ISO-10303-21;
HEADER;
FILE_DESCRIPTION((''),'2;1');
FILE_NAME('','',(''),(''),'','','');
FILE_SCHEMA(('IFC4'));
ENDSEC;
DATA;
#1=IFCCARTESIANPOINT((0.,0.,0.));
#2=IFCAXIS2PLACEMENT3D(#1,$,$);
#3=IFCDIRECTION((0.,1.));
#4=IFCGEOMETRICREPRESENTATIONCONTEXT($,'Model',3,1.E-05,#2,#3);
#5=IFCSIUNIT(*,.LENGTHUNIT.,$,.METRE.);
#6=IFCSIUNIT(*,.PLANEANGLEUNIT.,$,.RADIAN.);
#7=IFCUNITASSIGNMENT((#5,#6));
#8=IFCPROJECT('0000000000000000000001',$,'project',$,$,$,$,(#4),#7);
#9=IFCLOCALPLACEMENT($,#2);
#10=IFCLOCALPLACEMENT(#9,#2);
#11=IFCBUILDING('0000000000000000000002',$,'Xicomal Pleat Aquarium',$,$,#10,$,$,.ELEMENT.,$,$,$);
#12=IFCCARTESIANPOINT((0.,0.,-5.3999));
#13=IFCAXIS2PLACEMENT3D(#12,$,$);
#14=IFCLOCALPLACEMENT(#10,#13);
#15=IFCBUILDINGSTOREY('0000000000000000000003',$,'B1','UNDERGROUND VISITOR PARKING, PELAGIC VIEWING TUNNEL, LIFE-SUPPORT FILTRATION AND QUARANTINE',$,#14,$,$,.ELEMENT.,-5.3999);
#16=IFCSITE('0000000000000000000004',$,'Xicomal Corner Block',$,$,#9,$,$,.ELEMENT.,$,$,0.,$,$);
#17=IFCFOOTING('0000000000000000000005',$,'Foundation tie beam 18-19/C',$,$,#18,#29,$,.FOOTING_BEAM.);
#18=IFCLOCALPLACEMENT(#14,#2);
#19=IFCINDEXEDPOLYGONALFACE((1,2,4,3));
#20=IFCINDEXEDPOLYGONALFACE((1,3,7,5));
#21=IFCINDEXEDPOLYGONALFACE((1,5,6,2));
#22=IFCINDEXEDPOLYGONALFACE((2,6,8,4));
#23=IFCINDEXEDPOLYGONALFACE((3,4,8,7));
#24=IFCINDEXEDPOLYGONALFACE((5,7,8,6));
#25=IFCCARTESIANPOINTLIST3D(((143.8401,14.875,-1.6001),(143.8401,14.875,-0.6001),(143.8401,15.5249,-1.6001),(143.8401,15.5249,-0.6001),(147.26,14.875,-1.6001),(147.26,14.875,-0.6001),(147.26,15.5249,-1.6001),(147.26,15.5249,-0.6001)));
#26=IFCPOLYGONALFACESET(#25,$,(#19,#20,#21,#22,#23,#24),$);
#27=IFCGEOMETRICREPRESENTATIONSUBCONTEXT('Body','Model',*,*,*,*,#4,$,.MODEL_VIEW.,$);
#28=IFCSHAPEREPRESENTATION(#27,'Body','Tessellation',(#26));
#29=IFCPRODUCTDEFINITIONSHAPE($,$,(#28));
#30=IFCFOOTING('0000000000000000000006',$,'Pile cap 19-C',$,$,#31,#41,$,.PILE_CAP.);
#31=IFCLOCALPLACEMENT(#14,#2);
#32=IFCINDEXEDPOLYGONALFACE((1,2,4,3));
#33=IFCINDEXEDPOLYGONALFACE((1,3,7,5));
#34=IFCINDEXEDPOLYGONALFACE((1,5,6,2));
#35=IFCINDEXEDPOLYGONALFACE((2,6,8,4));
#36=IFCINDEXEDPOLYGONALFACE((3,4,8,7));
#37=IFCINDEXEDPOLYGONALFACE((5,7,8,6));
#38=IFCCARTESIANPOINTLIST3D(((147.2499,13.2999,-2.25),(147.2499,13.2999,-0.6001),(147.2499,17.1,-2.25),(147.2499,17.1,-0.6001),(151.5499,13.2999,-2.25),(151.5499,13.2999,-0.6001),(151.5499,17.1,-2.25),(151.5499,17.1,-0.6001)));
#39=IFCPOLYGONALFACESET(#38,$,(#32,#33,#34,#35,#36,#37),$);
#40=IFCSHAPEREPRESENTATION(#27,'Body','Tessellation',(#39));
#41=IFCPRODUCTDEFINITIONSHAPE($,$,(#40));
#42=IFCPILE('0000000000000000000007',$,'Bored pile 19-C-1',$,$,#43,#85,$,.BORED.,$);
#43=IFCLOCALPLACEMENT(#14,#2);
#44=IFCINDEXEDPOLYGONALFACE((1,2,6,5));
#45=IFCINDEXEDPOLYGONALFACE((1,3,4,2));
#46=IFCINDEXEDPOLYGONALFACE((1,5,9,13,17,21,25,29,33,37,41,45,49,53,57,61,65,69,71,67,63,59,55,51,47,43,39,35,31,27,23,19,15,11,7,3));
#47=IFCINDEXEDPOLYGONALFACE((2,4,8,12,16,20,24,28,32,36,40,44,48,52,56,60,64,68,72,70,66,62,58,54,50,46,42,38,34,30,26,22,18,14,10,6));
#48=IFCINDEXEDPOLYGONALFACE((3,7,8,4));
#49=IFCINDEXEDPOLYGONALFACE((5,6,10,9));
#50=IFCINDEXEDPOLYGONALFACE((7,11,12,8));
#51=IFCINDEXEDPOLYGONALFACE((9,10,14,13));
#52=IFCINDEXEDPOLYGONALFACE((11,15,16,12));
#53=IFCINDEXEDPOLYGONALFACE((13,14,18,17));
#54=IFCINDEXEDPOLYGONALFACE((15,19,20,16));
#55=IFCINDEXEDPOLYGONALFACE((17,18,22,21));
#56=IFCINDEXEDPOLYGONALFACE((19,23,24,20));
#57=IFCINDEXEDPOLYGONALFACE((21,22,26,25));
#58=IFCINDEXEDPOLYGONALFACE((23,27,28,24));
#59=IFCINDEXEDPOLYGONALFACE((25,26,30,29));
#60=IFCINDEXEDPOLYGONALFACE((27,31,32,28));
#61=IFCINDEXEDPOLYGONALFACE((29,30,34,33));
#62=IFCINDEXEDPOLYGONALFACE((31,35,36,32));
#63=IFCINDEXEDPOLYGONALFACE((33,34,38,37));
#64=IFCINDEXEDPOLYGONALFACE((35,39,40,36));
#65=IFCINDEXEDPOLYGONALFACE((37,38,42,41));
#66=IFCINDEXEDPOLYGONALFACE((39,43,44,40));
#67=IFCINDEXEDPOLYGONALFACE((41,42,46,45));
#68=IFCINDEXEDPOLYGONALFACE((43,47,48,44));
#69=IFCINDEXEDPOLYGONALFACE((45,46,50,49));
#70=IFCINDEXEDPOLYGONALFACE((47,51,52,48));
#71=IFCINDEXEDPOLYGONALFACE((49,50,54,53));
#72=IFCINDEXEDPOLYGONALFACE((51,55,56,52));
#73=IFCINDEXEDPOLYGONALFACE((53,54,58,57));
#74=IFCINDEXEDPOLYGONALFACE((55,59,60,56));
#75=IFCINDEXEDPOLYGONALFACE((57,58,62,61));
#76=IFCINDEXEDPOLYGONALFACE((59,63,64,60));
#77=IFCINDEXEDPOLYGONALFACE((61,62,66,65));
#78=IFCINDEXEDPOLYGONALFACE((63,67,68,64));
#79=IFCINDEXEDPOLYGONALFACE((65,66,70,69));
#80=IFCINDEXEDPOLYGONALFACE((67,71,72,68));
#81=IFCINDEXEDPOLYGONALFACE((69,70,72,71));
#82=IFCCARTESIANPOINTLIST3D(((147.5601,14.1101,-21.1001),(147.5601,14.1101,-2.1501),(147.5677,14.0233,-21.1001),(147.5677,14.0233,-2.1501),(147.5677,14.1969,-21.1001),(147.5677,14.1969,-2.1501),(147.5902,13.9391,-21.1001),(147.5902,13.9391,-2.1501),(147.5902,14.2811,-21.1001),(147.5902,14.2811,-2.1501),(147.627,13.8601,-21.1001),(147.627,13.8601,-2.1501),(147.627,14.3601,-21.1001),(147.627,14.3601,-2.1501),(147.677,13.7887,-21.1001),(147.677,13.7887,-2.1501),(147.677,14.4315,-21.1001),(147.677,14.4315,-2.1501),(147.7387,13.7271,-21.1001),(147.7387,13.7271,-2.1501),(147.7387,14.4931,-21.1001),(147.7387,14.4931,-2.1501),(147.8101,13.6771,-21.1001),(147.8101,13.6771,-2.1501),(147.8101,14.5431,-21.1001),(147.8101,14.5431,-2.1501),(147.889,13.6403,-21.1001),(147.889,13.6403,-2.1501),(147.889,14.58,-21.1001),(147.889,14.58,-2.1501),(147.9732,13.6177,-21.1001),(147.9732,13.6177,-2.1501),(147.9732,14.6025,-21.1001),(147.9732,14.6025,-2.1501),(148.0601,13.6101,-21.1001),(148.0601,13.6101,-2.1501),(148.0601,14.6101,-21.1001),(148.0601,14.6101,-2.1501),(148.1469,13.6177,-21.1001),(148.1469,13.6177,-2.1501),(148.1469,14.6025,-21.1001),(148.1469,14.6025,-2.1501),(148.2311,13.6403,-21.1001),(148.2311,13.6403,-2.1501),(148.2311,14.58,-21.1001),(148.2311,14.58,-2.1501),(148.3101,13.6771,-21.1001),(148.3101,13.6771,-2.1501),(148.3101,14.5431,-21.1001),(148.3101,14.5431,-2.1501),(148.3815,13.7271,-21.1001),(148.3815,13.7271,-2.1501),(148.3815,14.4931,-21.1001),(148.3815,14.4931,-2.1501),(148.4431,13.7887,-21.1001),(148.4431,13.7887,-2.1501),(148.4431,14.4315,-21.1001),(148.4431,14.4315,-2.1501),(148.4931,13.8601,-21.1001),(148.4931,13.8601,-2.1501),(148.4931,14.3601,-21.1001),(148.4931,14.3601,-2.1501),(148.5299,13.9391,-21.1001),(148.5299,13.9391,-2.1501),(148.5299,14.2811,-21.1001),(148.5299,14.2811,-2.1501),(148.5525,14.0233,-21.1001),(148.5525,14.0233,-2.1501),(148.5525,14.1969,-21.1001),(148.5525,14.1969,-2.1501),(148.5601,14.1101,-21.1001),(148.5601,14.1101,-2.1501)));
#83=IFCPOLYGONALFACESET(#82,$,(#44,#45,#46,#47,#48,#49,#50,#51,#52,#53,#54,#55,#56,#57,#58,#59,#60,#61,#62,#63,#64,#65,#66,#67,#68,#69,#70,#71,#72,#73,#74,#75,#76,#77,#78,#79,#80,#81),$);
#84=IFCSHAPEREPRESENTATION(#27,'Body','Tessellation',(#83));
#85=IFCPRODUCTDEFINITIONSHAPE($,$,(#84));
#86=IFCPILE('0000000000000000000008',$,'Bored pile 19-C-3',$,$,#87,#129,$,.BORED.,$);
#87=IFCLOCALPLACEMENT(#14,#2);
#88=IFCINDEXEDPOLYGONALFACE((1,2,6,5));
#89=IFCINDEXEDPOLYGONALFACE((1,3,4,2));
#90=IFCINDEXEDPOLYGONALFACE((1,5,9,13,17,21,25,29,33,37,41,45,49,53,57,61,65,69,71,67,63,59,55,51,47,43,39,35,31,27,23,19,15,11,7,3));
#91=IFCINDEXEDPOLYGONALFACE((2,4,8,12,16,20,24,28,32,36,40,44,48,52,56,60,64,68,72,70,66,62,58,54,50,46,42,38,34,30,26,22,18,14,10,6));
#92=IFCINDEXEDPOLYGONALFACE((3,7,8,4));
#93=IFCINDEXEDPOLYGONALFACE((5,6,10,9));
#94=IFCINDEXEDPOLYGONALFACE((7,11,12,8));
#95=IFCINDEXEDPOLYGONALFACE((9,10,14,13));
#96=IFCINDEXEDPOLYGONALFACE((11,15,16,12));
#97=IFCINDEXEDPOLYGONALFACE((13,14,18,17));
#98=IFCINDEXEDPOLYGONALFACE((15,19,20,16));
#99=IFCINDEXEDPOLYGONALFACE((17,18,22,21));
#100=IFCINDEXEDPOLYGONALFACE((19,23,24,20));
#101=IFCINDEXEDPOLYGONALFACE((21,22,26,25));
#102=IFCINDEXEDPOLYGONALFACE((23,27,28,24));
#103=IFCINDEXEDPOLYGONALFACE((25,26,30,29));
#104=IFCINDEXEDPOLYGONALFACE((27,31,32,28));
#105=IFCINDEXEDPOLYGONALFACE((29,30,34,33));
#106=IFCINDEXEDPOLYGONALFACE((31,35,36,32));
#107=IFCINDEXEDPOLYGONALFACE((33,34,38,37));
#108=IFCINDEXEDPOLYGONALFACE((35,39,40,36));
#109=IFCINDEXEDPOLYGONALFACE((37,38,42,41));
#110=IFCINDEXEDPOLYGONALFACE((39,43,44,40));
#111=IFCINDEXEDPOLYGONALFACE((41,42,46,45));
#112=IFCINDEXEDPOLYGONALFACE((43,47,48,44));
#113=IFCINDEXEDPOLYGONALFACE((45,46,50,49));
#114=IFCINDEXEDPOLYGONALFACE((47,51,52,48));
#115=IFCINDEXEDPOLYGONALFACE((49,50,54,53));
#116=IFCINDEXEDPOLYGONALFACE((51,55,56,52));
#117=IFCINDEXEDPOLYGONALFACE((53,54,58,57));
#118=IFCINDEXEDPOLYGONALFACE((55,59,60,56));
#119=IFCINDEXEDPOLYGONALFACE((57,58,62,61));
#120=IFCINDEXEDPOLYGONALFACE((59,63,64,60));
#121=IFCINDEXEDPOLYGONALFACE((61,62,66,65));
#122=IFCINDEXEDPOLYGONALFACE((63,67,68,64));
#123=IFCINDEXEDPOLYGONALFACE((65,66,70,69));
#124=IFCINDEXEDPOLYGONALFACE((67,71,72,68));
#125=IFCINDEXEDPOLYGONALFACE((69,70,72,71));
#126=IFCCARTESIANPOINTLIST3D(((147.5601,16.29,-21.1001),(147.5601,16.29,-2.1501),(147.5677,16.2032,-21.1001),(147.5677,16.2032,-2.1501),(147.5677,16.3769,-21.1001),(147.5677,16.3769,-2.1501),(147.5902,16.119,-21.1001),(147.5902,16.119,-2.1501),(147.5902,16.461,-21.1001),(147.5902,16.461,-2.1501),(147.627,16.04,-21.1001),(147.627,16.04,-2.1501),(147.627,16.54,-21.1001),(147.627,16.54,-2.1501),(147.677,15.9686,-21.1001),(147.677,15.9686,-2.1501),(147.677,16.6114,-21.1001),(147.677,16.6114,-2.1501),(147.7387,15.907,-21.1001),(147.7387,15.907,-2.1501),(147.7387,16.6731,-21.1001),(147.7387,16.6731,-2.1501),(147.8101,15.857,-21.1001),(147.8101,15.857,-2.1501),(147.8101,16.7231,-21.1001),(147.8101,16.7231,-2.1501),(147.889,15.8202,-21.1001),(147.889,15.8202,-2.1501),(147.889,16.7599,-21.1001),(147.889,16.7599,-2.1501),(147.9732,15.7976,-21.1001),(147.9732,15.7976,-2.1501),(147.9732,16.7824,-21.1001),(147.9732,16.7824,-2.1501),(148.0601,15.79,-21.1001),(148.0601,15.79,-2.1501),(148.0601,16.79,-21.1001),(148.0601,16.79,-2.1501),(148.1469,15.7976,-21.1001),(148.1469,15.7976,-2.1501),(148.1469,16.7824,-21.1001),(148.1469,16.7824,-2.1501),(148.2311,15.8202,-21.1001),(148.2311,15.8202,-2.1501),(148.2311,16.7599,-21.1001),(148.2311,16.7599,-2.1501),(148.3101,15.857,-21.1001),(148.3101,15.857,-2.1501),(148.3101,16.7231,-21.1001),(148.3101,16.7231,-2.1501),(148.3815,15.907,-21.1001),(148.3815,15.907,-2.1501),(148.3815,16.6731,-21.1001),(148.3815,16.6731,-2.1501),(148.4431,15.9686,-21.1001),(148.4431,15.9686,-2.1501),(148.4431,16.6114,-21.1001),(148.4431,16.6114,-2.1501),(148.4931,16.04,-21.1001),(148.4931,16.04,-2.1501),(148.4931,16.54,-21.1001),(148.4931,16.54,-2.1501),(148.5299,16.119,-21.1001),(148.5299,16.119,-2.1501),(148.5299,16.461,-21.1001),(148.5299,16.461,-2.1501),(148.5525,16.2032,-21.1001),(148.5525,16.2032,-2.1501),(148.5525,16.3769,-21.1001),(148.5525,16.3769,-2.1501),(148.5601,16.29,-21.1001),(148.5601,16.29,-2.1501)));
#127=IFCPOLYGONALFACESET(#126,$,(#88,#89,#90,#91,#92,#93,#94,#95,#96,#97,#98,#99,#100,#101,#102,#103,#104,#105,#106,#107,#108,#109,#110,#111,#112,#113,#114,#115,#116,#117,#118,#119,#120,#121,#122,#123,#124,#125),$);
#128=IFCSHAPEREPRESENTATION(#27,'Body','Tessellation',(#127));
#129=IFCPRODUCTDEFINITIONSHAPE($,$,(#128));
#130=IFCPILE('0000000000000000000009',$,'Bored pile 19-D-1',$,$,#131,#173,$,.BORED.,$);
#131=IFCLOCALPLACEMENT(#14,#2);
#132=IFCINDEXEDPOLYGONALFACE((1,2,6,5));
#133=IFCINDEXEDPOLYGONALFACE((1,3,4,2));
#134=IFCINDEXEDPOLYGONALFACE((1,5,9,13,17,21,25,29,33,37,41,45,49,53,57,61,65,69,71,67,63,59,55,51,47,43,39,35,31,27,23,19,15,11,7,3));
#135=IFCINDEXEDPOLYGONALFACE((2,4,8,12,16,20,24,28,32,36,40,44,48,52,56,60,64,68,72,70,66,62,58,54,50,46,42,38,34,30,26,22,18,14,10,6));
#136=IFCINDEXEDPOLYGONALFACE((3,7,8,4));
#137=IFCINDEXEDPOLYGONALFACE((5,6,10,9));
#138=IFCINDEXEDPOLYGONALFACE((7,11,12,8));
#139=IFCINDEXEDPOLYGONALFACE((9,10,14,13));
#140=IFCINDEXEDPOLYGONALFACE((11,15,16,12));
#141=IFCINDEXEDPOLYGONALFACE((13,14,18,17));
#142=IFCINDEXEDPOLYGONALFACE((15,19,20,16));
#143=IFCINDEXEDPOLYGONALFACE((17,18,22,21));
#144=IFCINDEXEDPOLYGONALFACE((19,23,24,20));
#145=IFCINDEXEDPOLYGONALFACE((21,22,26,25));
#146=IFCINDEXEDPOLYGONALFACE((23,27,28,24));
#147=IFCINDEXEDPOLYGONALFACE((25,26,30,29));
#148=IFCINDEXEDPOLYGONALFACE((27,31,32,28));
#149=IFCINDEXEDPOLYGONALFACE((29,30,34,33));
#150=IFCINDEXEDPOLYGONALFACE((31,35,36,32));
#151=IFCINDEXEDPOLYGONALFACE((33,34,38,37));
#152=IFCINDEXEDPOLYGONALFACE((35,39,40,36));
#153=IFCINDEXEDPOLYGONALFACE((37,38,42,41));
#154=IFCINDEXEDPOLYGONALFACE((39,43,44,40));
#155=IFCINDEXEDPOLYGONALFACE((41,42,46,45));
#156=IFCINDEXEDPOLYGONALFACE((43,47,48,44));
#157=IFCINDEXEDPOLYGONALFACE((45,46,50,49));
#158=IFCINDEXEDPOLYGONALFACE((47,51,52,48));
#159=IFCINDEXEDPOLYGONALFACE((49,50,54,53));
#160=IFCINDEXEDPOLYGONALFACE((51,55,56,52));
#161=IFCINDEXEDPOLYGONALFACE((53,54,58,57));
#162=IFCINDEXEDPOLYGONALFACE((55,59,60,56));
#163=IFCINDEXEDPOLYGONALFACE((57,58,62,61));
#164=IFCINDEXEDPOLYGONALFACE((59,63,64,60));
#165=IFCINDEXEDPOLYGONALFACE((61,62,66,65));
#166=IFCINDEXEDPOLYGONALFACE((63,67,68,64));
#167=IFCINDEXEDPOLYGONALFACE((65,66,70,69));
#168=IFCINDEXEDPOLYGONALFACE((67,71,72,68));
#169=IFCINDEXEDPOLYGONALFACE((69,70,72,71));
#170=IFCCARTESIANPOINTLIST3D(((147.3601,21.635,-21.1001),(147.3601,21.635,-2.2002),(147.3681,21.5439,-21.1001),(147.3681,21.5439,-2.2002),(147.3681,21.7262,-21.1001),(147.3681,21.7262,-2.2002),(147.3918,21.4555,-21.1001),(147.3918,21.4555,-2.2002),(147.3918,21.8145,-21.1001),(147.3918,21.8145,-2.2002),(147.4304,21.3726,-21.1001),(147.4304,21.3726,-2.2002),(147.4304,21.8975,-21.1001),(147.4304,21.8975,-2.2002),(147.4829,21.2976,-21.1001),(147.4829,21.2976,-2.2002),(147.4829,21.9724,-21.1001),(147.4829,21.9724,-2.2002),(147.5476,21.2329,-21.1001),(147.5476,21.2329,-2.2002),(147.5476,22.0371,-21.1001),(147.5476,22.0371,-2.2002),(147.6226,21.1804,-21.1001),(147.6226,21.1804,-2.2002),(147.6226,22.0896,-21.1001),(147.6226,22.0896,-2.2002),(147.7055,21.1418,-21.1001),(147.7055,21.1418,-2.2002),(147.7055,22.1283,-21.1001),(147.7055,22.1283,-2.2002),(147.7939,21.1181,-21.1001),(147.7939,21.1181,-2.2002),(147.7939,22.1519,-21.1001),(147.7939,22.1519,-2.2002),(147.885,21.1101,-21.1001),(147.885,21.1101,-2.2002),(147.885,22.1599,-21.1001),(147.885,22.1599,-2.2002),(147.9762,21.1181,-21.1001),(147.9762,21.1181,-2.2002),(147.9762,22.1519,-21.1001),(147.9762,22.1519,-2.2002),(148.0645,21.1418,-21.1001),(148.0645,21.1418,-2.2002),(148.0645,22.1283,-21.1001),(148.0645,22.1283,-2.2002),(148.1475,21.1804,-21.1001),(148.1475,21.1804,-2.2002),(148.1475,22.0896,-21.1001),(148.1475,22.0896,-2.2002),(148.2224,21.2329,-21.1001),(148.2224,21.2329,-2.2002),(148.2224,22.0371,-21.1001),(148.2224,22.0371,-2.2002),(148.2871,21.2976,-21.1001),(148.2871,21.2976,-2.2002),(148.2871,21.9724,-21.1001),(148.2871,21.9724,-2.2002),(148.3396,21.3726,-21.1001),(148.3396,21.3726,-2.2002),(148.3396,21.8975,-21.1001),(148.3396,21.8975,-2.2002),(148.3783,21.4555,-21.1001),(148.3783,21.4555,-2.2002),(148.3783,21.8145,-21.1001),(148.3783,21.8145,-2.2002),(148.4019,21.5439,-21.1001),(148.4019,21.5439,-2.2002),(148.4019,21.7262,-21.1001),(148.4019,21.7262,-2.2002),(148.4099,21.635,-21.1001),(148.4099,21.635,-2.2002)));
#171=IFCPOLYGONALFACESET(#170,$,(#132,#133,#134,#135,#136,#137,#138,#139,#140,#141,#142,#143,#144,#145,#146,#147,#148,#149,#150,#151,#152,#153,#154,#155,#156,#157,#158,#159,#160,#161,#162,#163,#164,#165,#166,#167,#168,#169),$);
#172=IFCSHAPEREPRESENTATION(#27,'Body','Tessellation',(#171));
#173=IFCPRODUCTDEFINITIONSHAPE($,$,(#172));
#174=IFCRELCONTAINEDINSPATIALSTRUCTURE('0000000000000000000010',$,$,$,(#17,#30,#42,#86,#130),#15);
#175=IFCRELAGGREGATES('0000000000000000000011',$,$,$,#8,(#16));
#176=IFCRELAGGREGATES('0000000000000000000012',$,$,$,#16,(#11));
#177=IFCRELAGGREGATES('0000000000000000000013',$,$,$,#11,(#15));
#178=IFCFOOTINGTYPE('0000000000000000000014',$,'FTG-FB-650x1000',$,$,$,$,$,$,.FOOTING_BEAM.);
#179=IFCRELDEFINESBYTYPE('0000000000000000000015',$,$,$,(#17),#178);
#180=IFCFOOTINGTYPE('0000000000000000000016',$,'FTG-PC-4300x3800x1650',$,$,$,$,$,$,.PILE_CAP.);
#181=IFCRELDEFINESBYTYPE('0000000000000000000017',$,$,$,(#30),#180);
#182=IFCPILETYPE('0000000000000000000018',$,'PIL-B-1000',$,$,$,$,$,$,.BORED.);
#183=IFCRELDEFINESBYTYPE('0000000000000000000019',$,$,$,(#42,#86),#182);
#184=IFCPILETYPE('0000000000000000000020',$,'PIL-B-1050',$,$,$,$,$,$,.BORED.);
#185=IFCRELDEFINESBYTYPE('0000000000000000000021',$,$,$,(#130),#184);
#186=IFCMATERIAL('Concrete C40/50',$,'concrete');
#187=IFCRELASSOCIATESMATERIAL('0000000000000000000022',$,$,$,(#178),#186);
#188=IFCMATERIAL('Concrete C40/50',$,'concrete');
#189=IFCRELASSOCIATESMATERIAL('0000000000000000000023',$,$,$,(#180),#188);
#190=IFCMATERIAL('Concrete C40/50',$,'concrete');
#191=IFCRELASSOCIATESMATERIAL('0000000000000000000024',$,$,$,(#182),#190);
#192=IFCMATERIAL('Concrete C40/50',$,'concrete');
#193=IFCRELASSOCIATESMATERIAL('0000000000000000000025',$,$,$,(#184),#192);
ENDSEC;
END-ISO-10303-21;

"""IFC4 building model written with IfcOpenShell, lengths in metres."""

from ifc_helpers import new_model, si_unit, direction, frame, origin, origin_2d, place, context, subcontext, project, spatial, rectangle, circle, extrude, material, material_profile, profile_set, type_object, element, save


model = new_model("IFC4")

# Units and contexts
model_context = context("Model", 3, precision=1e-05, world=origin(), true_north=direction((0.0, 1.0)))
body_context = subcontext(model_context, "Body", "Model", "MODEL_VIEW")
ifc_project = project(units=[si_unit("LENGTHUNIT", "METRE"), si_unit("PLANEANGLEUNIT", "RADIAN")], contexts=[model_context])

# Site, building, storey
site_placement = place(None, origin())
site = spatial("IfcSite", under=ifc_project, at=site_placement, Name="Xicomal Corner Block", CompositionType="ELEMENT", RefElevation=0.0)
building_placement = place(site_placement, origin())
building = spatial("IfcBuilding", under=site, at=building_placement, Name="Xicomal Pleat Aquarium", CompositionType="ELEMENT")
storey_placement = place(building_placement, frame((0.0, 0.0, -5.3999)))
storey = spatial("IfcBuildingStorey", under=building, at=storey_placement, Name="B1", Description="UNDERGROUND VISITOR PARKING, PELAGIC VIEWING TUNNEL, LIFE-SUPPORT FILTRATION AND QUARANTINE", CompositionType="ELEMENT", Elevation=-5.3999)

# Footings
ifc_material_1 = material(Name="Concrete C40/50", Category="concrete")
ifc_material_profile_1 = material_profile(ifc_material_1, rectangle(XDim=0.6499, YDim=1.0, at=origin_2d()), Name="FB-03 650x1000")
ifc_profile_set_1 = profile_set([ifc_material_profile_1], Name="Concrete C40/50")
footing_type_1 = type_object("IfcFootingType", Name="FTG-FB-650x1000", PredefinedType="FOOTING_BEAM", material=ifc_profile_set_1)
footing_1_placement = place(storey_placement, frame((143.8401, 15.2, -1.1001), z_axis=(1.0, 0.0, 0.0), x_axis=(0.0, 1.0, 0.0)))
element("IfcFooting", 1, at=footing_1_placement, inside=storey, type_object=footing_type_1, Name="Foundation tie beam 18-19/C", PredefinedType="FOOTING_BEAM", context=body_context, shape_type="SweptSolid", body=[
    extrude(rectangle(XDim=0.6499, YDim=1.0, at=origin_2d()), origin(), (0.0, 0.0, 1.0), 3.4199),
])
ifc_material_2 = material(Name="Concrete C40/50", Category="concrete")
footing_type_2 = type_object("IfcFootingType", Name="FTG-PC-4300x3800x1650", PredefinedType="PILE_CAP", material=ifc_material_2)
footing_2_placement = place(storey_placement, frame((149.3999, 15.2, -2.25), z_axis=(0.0, 0.0, 1.0), x_axis=(1.0, 0.0, 0.0)))
element("IfcFooting", 2, at=footing_2_placement, inside=storey, type_object=footing_type_2, Name="Pile cap 19-C", PredefinedType="PILE_CAP", context=body_context, shape_type="SweptSolid", body=[
    extrude(rectangle(XDim=4.3, YDim=3.8, at=origin_2d()), origin(), (0.0, 0.0, 1.0), 1.6499),
])

# Piles
ifc_material_3 = material(Name="Concrete C40/50", Category="concrete")
ifc_material_profile_2 = material_profile(ifc_material_3, circle(Radius=0.5, at=origin_2d()), Name="BORED PILE D1000")
ifc_profile_set_2 = profile_set([ifc_material_profile_2], Name="Concrete C40/50")
pile_type_1 = type_object("IfcPileType", Name="PIL-B-1000", PredefinedType="BORED", material=ifc_profile_set_2)
for number, where, z_axis, x_axis, name in (
    (3, (148.0601, 14.1101, -2.1501), (0.0, 0.0, -1.0), (1.0, 0.0, 0.0), "Bored pile 19-C-1"),
    (4, (148.0601, 16.29, -2.1501), (0.0, 0.0, -1.0), (1.0, 0.0, 0.0), "Bored pile 19-C-3"),
):
    element("IfcPile", number, at=place(storey_placement, frame(where, z_axis=z_axis, x_axis=x_axis)), inside=storey, type_object=pile_type_1, Name=name, PredefinedType="BORED", context=body_context, shape_type="SweptSolid", body=[
        extrude(circle(Radius=0.5, at=origin_2d()), origin(), (0.0, 0.0, 1.0), 18.95),
    ])
ifc_material_4 = material(Name="Concrete C40/50", Category="concrete")
ifc_material_profile_3 = material_profile(ifc_material_4, circle(Radius=0.5249, at=origin_2d()), Name="BORED PILE D1050")
ifc_profile_set_3 = profile_set([ifc_material_profile_3], Name="Concrete C40/50")
pile_type_2 = type_object("IfcPileType", Name="PIL-B-1050", PredefinedType="BORED", material=ifc_profile_set_3)
pile_1_placement = place(storey_placement, frame((147.885, 21.635, -2.2002), z_axis=(0.0, 0.0, -1.0), x_axis=(1.0, 0.0, 0.0)))
element("IfcPile", 5, at=pile_1_placement, inside=storey, type_object=pile_type_2, Name="Bored pile 19-D-1", PredefinedType="BORED", context=body_context, shape_type="SweptSolid", body=[
    extrude(circle(Radius=0.5249, at=origin_2d()), origin(), (0.0, 0.0, 1.0), 18.8999),
])

save(model, "model.ifc")
